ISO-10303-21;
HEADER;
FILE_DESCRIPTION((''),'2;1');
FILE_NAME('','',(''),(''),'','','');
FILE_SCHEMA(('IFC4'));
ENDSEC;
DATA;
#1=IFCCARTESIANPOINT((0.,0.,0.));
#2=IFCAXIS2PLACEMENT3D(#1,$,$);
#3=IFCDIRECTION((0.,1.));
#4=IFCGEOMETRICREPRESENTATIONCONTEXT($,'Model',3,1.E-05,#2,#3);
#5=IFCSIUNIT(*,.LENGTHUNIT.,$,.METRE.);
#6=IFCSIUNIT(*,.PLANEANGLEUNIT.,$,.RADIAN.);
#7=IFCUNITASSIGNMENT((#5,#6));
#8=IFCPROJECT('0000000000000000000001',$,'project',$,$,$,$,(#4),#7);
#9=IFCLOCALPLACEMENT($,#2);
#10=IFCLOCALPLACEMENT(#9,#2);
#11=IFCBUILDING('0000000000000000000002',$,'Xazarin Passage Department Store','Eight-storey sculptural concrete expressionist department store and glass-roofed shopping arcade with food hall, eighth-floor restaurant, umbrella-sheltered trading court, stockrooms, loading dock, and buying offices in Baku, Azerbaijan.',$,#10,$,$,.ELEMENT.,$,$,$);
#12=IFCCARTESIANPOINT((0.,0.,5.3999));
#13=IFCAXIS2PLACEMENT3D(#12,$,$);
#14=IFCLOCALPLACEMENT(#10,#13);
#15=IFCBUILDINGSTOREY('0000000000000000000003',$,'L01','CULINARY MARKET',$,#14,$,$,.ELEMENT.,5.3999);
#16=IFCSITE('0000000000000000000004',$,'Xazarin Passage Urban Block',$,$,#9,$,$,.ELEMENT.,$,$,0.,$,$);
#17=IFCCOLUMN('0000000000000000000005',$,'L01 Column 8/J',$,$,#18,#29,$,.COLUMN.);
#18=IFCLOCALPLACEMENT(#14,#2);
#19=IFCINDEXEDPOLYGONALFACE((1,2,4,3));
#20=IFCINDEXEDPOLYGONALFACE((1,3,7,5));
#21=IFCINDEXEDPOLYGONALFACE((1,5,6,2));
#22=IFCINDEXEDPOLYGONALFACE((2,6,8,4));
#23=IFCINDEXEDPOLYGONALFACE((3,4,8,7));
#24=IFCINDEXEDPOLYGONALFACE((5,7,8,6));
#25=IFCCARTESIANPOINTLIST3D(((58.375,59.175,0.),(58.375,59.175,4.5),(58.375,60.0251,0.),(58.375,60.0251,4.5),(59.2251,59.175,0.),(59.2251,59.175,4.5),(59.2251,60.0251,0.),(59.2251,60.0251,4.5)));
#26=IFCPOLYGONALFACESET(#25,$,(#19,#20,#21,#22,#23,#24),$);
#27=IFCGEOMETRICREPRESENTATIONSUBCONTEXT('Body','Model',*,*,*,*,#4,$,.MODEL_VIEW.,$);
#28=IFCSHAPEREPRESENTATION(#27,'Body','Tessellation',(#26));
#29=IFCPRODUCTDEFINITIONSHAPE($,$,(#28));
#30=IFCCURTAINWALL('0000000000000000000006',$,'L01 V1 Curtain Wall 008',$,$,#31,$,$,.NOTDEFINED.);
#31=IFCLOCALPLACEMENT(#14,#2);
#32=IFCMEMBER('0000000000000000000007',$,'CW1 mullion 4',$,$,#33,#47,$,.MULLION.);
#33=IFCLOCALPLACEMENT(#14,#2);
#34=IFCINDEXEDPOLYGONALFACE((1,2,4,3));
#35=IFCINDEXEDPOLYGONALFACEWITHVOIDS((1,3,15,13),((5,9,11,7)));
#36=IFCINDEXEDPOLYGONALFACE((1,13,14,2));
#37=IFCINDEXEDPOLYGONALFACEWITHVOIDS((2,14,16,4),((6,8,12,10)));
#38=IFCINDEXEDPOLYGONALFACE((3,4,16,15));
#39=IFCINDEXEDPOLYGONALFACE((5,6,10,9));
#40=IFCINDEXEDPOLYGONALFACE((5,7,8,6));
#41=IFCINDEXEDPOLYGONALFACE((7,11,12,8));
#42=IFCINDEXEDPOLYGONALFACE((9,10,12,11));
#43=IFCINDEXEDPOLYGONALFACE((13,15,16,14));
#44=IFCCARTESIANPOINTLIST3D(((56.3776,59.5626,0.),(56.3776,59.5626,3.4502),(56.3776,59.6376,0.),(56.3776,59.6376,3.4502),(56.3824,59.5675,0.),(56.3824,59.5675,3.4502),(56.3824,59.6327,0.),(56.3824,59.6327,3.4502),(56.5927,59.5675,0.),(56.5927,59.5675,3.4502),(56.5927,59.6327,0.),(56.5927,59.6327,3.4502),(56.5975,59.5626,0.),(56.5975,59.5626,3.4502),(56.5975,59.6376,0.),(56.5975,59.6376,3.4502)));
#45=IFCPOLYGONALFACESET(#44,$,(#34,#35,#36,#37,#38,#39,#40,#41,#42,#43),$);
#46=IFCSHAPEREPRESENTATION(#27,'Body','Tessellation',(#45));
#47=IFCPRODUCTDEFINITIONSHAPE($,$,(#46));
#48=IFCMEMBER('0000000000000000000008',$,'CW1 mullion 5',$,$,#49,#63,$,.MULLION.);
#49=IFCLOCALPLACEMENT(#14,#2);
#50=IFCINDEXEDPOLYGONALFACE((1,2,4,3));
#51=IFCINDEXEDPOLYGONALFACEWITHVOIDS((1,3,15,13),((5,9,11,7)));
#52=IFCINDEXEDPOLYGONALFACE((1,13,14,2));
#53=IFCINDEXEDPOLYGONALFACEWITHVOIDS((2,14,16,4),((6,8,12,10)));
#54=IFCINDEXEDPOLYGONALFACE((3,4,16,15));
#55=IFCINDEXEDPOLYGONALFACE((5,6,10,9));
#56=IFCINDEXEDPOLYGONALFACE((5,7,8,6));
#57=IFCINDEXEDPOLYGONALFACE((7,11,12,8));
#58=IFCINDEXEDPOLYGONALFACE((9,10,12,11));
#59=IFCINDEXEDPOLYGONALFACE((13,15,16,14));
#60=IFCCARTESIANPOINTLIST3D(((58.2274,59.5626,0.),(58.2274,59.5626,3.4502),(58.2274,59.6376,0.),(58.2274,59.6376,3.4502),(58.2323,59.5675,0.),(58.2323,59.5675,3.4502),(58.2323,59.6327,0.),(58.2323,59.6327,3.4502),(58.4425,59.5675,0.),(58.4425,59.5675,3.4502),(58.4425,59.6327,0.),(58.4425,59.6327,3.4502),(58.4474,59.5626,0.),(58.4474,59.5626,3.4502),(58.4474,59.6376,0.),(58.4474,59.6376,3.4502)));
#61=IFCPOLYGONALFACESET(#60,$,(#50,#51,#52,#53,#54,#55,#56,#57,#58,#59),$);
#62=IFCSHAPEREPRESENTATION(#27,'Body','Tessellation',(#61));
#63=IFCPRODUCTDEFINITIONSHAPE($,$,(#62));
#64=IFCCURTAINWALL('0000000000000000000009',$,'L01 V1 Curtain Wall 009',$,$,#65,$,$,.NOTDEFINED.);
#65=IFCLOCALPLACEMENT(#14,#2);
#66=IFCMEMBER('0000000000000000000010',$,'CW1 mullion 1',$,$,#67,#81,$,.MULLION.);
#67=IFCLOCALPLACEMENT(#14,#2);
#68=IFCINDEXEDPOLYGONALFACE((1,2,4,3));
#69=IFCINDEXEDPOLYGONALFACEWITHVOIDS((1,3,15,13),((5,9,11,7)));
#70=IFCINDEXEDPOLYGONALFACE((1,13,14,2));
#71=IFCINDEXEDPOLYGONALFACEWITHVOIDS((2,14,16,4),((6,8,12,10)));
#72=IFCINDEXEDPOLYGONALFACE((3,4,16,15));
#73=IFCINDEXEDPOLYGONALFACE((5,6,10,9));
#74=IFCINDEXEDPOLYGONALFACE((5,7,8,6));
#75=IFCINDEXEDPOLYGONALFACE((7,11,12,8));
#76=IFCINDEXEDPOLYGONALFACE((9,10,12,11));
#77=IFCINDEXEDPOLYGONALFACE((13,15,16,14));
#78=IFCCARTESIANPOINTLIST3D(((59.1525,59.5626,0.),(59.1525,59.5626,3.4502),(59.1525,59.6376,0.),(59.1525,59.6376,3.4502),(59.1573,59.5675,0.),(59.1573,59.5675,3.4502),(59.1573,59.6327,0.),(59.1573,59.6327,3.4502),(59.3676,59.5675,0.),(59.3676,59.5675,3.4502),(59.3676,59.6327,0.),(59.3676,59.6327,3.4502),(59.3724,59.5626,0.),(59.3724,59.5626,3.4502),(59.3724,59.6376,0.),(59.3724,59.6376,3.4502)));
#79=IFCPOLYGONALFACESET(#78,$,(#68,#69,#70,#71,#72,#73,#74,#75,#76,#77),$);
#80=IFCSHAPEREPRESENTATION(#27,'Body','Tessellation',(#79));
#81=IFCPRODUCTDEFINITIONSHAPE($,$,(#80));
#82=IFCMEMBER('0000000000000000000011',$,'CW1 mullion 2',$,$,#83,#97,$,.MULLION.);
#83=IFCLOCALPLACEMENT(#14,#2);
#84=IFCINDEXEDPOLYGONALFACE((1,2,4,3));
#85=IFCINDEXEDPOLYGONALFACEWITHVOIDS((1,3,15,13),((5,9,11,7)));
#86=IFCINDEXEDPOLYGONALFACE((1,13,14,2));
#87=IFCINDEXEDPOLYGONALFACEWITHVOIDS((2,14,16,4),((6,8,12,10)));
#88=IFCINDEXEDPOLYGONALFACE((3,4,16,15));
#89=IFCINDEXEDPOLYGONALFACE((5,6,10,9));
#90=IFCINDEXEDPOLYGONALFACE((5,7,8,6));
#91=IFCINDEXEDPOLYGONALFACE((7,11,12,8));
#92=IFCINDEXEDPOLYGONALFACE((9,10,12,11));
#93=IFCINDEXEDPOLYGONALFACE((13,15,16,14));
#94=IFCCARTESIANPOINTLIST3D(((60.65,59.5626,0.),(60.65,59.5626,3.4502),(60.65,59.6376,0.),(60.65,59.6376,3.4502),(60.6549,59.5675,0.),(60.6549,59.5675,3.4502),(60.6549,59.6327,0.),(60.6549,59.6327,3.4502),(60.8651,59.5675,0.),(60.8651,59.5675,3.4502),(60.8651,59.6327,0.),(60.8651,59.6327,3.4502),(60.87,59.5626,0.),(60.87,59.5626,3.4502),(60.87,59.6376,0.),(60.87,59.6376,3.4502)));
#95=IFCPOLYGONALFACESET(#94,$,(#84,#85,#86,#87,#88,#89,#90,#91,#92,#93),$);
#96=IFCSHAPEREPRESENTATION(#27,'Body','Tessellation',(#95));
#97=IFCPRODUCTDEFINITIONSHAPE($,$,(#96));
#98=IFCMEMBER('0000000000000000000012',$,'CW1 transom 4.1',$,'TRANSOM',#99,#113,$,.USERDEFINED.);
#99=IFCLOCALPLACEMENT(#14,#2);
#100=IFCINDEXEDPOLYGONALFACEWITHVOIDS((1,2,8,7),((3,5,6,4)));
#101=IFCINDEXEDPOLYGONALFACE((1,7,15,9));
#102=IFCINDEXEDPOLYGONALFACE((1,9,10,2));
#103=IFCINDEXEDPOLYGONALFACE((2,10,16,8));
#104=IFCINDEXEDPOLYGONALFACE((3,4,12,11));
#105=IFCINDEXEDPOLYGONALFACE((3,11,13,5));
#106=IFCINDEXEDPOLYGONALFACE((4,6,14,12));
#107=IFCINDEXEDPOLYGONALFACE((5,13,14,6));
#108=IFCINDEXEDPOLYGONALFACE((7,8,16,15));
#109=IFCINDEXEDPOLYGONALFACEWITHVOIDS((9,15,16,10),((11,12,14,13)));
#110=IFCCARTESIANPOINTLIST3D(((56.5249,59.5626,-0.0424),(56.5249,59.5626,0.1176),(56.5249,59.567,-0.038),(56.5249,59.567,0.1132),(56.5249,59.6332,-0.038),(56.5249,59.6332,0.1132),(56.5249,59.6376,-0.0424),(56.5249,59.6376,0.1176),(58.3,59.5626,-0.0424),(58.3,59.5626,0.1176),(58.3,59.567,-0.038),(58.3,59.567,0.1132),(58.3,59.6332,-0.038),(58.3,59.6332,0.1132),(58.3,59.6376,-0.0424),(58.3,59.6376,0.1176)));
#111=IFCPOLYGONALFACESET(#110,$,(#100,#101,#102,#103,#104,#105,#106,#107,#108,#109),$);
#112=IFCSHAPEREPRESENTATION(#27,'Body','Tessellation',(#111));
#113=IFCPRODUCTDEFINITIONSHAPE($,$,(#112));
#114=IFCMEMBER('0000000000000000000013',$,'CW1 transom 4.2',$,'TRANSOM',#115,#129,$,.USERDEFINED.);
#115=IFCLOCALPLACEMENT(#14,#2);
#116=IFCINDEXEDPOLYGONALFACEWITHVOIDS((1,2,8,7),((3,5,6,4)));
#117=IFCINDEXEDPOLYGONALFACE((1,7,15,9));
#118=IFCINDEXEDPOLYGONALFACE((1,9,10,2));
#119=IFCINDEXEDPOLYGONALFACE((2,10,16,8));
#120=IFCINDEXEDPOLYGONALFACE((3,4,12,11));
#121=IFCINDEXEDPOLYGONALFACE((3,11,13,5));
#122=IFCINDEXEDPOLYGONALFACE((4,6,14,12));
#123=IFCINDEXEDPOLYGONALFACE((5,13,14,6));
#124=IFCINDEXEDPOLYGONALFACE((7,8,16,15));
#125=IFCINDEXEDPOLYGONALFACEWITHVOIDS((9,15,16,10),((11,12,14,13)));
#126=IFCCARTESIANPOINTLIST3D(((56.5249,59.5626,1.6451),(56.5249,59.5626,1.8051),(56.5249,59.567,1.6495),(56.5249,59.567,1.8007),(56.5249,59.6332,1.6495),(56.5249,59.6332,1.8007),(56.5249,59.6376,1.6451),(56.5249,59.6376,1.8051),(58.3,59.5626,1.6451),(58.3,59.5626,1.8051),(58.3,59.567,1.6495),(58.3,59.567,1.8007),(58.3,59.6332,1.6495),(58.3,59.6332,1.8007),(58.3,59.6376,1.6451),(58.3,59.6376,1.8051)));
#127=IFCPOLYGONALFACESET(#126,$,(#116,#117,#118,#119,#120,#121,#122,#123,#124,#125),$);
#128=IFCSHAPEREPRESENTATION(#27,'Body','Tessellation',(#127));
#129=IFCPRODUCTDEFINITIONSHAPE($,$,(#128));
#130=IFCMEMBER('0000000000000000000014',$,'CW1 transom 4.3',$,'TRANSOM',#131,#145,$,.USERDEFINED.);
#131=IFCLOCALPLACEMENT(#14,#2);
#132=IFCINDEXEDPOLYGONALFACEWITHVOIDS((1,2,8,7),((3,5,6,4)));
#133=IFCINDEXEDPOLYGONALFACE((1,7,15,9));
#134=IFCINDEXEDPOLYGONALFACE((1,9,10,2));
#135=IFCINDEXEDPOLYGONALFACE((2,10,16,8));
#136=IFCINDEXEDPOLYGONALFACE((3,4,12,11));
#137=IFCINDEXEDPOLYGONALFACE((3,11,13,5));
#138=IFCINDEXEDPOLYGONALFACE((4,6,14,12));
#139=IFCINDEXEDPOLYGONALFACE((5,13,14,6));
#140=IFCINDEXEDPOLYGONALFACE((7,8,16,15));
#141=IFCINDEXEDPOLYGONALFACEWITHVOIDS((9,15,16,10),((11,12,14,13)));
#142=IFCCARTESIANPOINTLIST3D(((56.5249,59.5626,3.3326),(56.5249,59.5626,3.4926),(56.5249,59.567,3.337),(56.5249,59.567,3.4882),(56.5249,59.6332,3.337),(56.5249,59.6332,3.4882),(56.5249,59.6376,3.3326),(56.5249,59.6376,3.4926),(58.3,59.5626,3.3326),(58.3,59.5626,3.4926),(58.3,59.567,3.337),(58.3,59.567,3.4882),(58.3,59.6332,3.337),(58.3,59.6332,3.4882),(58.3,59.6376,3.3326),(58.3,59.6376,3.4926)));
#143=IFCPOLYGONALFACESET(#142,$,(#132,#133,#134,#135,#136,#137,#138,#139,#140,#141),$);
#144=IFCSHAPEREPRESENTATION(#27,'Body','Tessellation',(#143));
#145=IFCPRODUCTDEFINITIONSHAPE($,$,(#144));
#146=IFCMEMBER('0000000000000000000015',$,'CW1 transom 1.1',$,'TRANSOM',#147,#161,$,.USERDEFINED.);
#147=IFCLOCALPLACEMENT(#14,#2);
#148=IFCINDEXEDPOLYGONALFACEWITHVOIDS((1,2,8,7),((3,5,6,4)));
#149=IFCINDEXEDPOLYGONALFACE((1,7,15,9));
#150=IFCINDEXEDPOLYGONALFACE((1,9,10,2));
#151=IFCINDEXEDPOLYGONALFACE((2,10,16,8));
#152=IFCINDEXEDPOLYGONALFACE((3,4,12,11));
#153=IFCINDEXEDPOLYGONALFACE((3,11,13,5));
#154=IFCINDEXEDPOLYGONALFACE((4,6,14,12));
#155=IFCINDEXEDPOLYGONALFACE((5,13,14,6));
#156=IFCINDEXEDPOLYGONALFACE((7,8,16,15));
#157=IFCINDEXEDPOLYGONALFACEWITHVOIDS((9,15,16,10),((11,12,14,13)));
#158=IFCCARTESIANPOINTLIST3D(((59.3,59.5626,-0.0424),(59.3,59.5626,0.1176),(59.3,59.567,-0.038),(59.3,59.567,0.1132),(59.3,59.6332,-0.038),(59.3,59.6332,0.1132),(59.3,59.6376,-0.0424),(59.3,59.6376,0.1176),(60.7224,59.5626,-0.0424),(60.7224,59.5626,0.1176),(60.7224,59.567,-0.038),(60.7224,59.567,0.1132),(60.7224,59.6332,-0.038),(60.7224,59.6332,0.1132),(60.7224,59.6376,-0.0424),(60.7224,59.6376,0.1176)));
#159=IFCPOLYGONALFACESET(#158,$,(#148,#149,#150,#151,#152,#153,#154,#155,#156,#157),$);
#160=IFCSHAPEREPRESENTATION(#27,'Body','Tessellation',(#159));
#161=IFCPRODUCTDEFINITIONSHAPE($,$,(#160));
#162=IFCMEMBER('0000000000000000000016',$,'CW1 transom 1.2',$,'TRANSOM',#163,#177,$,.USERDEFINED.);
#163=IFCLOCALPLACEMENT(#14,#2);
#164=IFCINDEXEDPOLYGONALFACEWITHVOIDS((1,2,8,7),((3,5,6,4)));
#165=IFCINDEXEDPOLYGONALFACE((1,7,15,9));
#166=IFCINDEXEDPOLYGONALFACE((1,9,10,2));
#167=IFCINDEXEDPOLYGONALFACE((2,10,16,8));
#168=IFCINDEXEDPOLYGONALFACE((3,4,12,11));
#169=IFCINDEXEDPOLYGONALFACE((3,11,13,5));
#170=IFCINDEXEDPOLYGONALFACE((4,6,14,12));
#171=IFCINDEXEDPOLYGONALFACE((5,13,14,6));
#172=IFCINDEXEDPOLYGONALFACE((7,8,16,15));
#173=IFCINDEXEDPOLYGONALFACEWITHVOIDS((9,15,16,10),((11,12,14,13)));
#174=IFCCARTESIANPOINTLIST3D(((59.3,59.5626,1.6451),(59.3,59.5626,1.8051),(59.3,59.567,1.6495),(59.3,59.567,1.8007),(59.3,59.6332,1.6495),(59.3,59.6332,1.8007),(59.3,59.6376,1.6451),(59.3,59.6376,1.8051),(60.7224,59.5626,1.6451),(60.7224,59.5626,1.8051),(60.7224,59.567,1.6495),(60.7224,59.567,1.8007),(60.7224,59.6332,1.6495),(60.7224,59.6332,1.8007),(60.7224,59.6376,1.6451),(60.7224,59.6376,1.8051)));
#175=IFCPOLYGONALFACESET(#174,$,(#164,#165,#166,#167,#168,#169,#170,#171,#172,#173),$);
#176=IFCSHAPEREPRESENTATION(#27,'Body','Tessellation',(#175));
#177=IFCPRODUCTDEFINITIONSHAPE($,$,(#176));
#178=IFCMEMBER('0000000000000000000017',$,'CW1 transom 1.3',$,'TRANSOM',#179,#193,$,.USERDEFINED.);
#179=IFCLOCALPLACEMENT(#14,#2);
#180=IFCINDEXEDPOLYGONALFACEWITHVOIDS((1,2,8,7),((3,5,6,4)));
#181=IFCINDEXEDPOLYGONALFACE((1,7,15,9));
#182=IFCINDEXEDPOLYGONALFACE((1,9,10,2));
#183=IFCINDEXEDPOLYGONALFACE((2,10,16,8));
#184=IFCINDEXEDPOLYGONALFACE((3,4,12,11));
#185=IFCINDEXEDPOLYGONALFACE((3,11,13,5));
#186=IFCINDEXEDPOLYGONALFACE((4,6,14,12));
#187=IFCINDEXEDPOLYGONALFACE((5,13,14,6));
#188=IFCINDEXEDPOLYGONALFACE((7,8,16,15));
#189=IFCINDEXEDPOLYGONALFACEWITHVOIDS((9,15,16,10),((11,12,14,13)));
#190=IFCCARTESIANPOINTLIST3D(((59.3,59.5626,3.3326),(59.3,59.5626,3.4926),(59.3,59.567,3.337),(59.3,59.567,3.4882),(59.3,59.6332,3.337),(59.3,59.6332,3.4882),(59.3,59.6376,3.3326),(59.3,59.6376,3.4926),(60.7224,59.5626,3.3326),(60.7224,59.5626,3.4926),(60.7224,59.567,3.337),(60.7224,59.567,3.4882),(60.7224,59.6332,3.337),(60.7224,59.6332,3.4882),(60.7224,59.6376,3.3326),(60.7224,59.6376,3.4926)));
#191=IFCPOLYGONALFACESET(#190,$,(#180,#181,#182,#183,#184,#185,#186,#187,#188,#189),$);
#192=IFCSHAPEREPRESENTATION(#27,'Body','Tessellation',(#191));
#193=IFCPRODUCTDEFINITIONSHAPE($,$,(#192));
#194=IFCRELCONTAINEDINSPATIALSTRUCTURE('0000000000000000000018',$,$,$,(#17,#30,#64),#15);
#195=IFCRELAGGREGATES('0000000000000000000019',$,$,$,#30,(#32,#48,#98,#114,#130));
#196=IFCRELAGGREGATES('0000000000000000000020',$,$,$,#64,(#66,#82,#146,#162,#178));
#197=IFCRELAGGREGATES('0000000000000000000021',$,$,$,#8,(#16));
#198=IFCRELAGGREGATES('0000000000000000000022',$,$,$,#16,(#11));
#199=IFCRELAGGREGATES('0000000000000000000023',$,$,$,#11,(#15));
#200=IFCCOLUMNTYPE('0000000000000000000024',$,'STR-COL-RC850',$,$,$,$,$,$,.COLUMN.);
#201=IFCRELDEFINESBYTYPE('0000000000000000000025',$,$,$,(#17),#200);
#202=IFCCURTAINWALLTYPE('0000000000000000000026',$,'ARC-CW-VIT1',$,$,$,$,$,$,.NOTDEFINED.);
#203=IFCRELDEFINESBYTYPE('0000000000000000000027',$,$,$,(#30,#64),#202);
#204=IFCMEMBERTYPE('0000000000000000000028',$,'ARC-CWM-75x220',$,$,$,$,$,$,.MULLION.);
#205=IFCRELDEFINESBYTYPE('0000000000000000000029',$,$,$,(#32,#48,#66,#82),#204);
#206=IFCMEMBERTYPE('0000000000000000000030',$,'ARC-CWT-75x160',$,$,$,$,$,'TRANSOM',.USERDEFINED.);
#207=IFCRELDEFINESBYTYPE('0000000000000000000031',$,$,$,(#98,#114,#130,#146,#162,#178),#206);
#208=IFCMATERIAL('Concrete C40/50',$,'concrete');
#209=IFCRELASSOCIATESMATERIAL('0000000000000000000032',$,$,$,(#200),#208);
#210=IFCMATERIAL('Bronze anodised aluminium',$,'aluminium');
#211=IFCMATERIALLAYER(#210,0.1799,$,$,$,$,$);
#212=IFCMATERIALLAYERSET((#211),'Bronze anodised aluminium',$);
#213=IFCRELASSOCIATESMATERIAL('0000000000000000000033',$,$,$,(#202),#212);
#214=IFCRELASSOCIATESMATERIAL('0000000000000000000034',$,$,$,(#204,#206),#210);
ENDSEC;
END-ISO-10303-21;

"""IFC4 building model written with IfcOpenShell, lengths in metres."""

from ifc_helpers import new_model, si_unit, direction, frame, origin, origin_2d, place, context, subcontext, project, spatial, rectangle, hollow_rectangle, extrude, material, layer, layer_set, material_profile, profile_set, type_object, element, aggregate, save


model = new_model("IFC4")

# Units and contexts
model_context = context("Model", 3, precision=1e-05, world=origin(), true_north=direction((0.0, 1.0)))
body_context = subcontext(model_context, "Body", "Model", "MODEL_VIEW")
ifc_project = project(units=[si_unit("LENGTHUNIT", "METRE"), si_unit("PLANEANGLEUNIT", "RADIAN")], contexts=[model_context])

# Site, building, storey
site_placement = place(None, origin())
site = spatial("IfcSite", under=ifc_project, at=site_placement, Name="Xazarin Passage Urban Block", CompositionType="ELEMENT", RefElevation=0.0)
building_placement = place(site_placement, origin())
building = spatial("IfcBuilding", under=site, at=building_placement, Name="Xazarin Passage Department Store", Description="Eight-storey sculptural concrete expressionist department store and glass-roofed shopping arcade with food hall, eighth-floor restaurant, umbrella-sheltered trading court, stockrooms, loading dock, and buying offices in Baku, Azerbaijan.", CompositionType="ELEMENT")
storey_placement = place(building_placement, frame((0.0, 0.0, 5.3999)))
storey = spatial("IfcBuildingStorey", under=building, at=storey_placement, Name="L01", Description="CULINARY MARKET", CompositionType="ELEMENT", Elevation=5.3999)

# Column
ifc_material_1 = material(Name="Concrete C40/50", Category="concrete")
ifc_material_profile_1 = material_profile(ifc_material_1, rectangle(XDim=0.8501, YDim=0.8501, at=origin_2d()), Name="RC 850x850")
ifc_profile_set_1 = profile_set([ifc_material_profile_1], Name="Concrete C40/50")
column_type = type_object("IfcColumnType", Name="STR-COL-RC850", PredefinedType="COLUMN", material=ifc_profile_set_1)
column_placement = place(storey_placement, frame((58.8, 59.6001, 0.0), z_axis=(0.0, 0.0, 1.0), x_axis=(1.0, 0.0, 0.0)))
element("IfcColumn", 1, at=column_placement, inside=storey, type_object=column_type, Name="L01 Column 8/J", PredefinedType="COLUMN", context=body_context, shape_type="SweptSolid", body=[
    extrude(rectangle(XDim=0.8501, YDim=0.8501, at=origin_2d()), origin(), (0.0, 0.0, 1.0), 4.5),
])

# Curtain walls, members
ifc_material_2 = material(Name="Bronze anodised aluminium", Category="aluminium")
ifc_layer_1 = layer(ifc_material_2, 0.1799)
ifc_layer_set_1 = layer_set([ifc_layer_1], Name="Bronze anodised aluminium")
curtain_wall_type = type_object("IfcCurtainWallType", Name="ARC-CW-VIT1", PredefinedType="NOTDEFINED", material=ifc_layer_set_1)
curtain_wall_1_placement = place(storey_placement, origin())
curtain_wall_1 = element("IfcCurtainWall", 2, at=curtain_wall_1_placement, inside=storey, type_object=curtain_wall_type, Name="L01 V1 Curtain Wall 008", PredefinedType="NOTDEFINED")
ifc_material_profile_2 = material_profile(ifc_material_2, hollow_rectangle(XDim=0.075, YDim=0.22, WallThickness=0.0049, at=origin_2d()), Name="ALU 75x220")
ifc_profile_set_2 = profile_set([ifc_material_profile_2], Name="Bronze anodised aluminium")
member_type_1 = type_object("IfcMemberType", Name="ARC-CWM-75x220", PredefinedType="MULLION", material=ifc_profile_set_2)
member_1_placement = place(storey_placement, frame((56.4875, 59.6001, 0.0), z_axis=(0.0, 0.0, 1.0), x_axis=(0.0, 1.0, 0.0)))
member_1 = element("IfcMember", 3, at=member_1_placement, type_object=member_type_1, Name="CW1 mullion 4", PredefinedType="MULLION", context=body_context, shape_type="SweptSolid", body=[
    extrude(hollow_rectangle(XDim=0.075, YDim=0.22, WallThickness=0.0049, at=origin_2d()), origin(), (0.0, 0.0, 1.0), 3.4502),
])
member_2_placement = place(storey_placement, frame((58.3374, 59.6001, 0.0), z_axis=(0.0, 0.0, 1.0), x_axis=(0.0, 1.0, 0.0)))
member_2 = element("IfcMember", 4, at=member_2_placement, type_object=member_type_1, Name="CW1 mullion 5", PredefinedType="MULLION", context=body_context, shape_type="SweptSolid", body=[
    extrude(hollow_rectangle(XDim=0.075, YDim=0.22, WallThickness=0.0049, at=origin_2d()), origin(), (0.0, 0.0, 1.0), 3.4502),
])
curtain_wall_2_placement = place(storey_placement, origin())
curtain_wall_2 = element("IfcCurtainWall", 5, at=curtain_wall_2_placement, inside=storey, type_object=curtain_wall_type, Name="L01 V1 Curtain Wall 009", PredefinedType="NOTDEFINED")
member_3_placement = place(storey_placement, frame((59.2625, 59.6001, 0.0), z_axis=(0.0, 0.0, 1.0), x_axis=(0.0, 1.0, 0.0)))
member_3 = element("IfcMember", 6, at=member_3_placement, type_object=member_type_1, Name="CW1 mullion 1", PredefinedType="MULLION", context=body_context, shape_type="SweptSolid", body=[
    extrude(hollow_rectangle(XDim=0.075, YDim=0.22, WallThickness=0.0049, at=origin_2d()), origin(), (0.0, 0.0, 1.0), 3.4502),
])
member_4_placement = place(storey_placement, frame((60.76, 59.6001, 0.0), z_axis=(0.0, 0.0, 1.0), x_axis=(0.0, 1.0, 0.0)))
member_4 = element("IfcMember", 7, at=member_4_placement, type_object=member_type_1, Name="CW1 mullion 2", PredefinedType="MULLION", context=body_context, shape_type="SweptSolid", body=[
    extrude(hollow_rectangle(XDim=0.075, YDim=0.22, WallThickness=0.0049, at=origin_2d()), origin(), (0.0, 0.0, 1.0), 3.4502),
])

# Members
ifc_material_profile_3 = material_profile(ifc_material_2, hollow_rectangle(XDim=0.075, YDim=0.1599, WallThickness=0.0044, at=origin_2d()), Name="ALU 75x160")
ifc_profile_set_3 = profile_set([ifc_material_profile_3], Name="Bronze anodised aluminium")
member_type_2 = type_object("IfcMemberType", Name="ARC-CWT-75x160", ElementType="TRANSOM", PredefinedType="USERDEFINED", material=ifc_profile_set_3)
member_5_placement = place(storey_placement, frame((56.5249, 59.6001, 0.0376), z_axis=(1.0, 0.0, 0.0), x_axis=(0.0, 1.0, 0.0)))
member_5 = element("IfcMember", 8, at=member_5_placement, type_object=member_type_2, Name="CW1 transom 4.1", ObjectType="TRANSOM", PredefinedType="USERDEFINED", context=body_context, shape_type="SweptSolid", body=[
    extrude(hollow_rectangle(XDim=0.075, YDim=0.1599, WallThickness=0.0044, at=origin_2d()), origin(), (0.0, 0.0, 1.0), 1.7751),
])
member_6_placement = place(storey_placement, frame((56.5249, 59.6001, 1.7251), z_axis=(1.0, 0.0, 0.0), x_axis=(0.0, 1.0, 0.0)))
member_6 = element("IfcMember", 9, at=member_6_placement, type_object=member_type_2, Name="CW1 transom 4.2", ObjectType="TRANSOM", PredefinedType="USERDEFINED", context=body_context, shape_type="SweptSolid", body=[
    extrude(hollow_rectangle(XDim=0.075, YDim=0.1599, WallThickness=0.0044, at=origin_2d()), origin(), (0.0, 0.0, 1.0), 1.7751),
])
member_7_placement = place(storey_placement, frame((56.5249, 59.6001, 3.4126), z_axis=(1.0, 0.0, 0.0), x_axis=(0.0, 1.0, 0.0)))
member_7 = element("IfcMember", 10, at=member_7_placement, type_object=member_type_2, Name="CW1 transom 4.3", ObjectType="TRANSOM", PredefinedType="USERDEFINED", context=body_context, shape_type="SweptSolid", body=[
    extrude(hollow_rectangle(XDim=0.075, YDim=0.1599, WallThickness=0.0044, at=origin_2d()), origin(), (0.0, 0.0, 1.0), 1.7751),
])
member_8_placement = place(storey_placement, frame((59.3, 59.6001, 0.0376), z_axis=(1.0, 0.0, 0.0), x_axis=(0.0, 1.0, 0.0)))
member_8 = element("IfcMember", 11, at=member_8_placement, type_object=member_type_2, Name="CW1 transom 1.1", ObjectType="TRANSOM", PredefinedType="USERDEFINED", context=body_context, shape_type="SweptSolid", body=[
    extrude(hollow_rectangle(XDim=0.075, YDim=0.1599, WallThickness=0.0044, at=origin_2d()), origin(), (0.0, 0.0, 1.0), 1.4224),
])
member_9_placement = place(storey_placement, frame((59.3, 59.6001, 1.7251), z_axis=(1.0, 0.0, 0.0), x_axis=(0.0, 1.0, 0.0)))
member_9 = element("IfcMember", 12, at=member_9_placement, type_object=member_type_2, Name="CW1 transom 1.2", ObjectType="TRANSOM", PredefinedType="USERDEFINED", context=body_context, shape_type="SweptSolid", body=[
    extrude(hollow_rectangle(XDim=0.075, YDim=0.1599, WallThickness=0.0044, at=origin_2d()), origin(), (0.0, 0.0, 1.0), 1.4224),
])
member_10_placement = place(storey_placement, frame((59.3, 59.6001, 3.4126), z_axis=(1.0, 0.0, 0.0), x_axis=(0.0, 1.0, 0.0)))
member_10 = element("IfcMember", 13, at=member_10_placement, type_object=member_type_2, Name="CW1 transom 1.3", ObjectType="TRANSOM", PredefinedType="USERDEFINED", context=body_context, shape_type="SweptSolid", body=[
    extrude(hollow_rectangle(XDim=0.075, YDim=0.1599, WallThickness=0.0044, at=origin_2d()), origin(), (0.0, 0.0, 1.0), 1.4224),
])

aggregate(curtain_wall_1, [member_1, member_2, member_5, member_6, member_7])
aggregate(curtain_wall_2, [member_3, member_4, member_8, member_9, member_10])

save(model, "model.ifc")
